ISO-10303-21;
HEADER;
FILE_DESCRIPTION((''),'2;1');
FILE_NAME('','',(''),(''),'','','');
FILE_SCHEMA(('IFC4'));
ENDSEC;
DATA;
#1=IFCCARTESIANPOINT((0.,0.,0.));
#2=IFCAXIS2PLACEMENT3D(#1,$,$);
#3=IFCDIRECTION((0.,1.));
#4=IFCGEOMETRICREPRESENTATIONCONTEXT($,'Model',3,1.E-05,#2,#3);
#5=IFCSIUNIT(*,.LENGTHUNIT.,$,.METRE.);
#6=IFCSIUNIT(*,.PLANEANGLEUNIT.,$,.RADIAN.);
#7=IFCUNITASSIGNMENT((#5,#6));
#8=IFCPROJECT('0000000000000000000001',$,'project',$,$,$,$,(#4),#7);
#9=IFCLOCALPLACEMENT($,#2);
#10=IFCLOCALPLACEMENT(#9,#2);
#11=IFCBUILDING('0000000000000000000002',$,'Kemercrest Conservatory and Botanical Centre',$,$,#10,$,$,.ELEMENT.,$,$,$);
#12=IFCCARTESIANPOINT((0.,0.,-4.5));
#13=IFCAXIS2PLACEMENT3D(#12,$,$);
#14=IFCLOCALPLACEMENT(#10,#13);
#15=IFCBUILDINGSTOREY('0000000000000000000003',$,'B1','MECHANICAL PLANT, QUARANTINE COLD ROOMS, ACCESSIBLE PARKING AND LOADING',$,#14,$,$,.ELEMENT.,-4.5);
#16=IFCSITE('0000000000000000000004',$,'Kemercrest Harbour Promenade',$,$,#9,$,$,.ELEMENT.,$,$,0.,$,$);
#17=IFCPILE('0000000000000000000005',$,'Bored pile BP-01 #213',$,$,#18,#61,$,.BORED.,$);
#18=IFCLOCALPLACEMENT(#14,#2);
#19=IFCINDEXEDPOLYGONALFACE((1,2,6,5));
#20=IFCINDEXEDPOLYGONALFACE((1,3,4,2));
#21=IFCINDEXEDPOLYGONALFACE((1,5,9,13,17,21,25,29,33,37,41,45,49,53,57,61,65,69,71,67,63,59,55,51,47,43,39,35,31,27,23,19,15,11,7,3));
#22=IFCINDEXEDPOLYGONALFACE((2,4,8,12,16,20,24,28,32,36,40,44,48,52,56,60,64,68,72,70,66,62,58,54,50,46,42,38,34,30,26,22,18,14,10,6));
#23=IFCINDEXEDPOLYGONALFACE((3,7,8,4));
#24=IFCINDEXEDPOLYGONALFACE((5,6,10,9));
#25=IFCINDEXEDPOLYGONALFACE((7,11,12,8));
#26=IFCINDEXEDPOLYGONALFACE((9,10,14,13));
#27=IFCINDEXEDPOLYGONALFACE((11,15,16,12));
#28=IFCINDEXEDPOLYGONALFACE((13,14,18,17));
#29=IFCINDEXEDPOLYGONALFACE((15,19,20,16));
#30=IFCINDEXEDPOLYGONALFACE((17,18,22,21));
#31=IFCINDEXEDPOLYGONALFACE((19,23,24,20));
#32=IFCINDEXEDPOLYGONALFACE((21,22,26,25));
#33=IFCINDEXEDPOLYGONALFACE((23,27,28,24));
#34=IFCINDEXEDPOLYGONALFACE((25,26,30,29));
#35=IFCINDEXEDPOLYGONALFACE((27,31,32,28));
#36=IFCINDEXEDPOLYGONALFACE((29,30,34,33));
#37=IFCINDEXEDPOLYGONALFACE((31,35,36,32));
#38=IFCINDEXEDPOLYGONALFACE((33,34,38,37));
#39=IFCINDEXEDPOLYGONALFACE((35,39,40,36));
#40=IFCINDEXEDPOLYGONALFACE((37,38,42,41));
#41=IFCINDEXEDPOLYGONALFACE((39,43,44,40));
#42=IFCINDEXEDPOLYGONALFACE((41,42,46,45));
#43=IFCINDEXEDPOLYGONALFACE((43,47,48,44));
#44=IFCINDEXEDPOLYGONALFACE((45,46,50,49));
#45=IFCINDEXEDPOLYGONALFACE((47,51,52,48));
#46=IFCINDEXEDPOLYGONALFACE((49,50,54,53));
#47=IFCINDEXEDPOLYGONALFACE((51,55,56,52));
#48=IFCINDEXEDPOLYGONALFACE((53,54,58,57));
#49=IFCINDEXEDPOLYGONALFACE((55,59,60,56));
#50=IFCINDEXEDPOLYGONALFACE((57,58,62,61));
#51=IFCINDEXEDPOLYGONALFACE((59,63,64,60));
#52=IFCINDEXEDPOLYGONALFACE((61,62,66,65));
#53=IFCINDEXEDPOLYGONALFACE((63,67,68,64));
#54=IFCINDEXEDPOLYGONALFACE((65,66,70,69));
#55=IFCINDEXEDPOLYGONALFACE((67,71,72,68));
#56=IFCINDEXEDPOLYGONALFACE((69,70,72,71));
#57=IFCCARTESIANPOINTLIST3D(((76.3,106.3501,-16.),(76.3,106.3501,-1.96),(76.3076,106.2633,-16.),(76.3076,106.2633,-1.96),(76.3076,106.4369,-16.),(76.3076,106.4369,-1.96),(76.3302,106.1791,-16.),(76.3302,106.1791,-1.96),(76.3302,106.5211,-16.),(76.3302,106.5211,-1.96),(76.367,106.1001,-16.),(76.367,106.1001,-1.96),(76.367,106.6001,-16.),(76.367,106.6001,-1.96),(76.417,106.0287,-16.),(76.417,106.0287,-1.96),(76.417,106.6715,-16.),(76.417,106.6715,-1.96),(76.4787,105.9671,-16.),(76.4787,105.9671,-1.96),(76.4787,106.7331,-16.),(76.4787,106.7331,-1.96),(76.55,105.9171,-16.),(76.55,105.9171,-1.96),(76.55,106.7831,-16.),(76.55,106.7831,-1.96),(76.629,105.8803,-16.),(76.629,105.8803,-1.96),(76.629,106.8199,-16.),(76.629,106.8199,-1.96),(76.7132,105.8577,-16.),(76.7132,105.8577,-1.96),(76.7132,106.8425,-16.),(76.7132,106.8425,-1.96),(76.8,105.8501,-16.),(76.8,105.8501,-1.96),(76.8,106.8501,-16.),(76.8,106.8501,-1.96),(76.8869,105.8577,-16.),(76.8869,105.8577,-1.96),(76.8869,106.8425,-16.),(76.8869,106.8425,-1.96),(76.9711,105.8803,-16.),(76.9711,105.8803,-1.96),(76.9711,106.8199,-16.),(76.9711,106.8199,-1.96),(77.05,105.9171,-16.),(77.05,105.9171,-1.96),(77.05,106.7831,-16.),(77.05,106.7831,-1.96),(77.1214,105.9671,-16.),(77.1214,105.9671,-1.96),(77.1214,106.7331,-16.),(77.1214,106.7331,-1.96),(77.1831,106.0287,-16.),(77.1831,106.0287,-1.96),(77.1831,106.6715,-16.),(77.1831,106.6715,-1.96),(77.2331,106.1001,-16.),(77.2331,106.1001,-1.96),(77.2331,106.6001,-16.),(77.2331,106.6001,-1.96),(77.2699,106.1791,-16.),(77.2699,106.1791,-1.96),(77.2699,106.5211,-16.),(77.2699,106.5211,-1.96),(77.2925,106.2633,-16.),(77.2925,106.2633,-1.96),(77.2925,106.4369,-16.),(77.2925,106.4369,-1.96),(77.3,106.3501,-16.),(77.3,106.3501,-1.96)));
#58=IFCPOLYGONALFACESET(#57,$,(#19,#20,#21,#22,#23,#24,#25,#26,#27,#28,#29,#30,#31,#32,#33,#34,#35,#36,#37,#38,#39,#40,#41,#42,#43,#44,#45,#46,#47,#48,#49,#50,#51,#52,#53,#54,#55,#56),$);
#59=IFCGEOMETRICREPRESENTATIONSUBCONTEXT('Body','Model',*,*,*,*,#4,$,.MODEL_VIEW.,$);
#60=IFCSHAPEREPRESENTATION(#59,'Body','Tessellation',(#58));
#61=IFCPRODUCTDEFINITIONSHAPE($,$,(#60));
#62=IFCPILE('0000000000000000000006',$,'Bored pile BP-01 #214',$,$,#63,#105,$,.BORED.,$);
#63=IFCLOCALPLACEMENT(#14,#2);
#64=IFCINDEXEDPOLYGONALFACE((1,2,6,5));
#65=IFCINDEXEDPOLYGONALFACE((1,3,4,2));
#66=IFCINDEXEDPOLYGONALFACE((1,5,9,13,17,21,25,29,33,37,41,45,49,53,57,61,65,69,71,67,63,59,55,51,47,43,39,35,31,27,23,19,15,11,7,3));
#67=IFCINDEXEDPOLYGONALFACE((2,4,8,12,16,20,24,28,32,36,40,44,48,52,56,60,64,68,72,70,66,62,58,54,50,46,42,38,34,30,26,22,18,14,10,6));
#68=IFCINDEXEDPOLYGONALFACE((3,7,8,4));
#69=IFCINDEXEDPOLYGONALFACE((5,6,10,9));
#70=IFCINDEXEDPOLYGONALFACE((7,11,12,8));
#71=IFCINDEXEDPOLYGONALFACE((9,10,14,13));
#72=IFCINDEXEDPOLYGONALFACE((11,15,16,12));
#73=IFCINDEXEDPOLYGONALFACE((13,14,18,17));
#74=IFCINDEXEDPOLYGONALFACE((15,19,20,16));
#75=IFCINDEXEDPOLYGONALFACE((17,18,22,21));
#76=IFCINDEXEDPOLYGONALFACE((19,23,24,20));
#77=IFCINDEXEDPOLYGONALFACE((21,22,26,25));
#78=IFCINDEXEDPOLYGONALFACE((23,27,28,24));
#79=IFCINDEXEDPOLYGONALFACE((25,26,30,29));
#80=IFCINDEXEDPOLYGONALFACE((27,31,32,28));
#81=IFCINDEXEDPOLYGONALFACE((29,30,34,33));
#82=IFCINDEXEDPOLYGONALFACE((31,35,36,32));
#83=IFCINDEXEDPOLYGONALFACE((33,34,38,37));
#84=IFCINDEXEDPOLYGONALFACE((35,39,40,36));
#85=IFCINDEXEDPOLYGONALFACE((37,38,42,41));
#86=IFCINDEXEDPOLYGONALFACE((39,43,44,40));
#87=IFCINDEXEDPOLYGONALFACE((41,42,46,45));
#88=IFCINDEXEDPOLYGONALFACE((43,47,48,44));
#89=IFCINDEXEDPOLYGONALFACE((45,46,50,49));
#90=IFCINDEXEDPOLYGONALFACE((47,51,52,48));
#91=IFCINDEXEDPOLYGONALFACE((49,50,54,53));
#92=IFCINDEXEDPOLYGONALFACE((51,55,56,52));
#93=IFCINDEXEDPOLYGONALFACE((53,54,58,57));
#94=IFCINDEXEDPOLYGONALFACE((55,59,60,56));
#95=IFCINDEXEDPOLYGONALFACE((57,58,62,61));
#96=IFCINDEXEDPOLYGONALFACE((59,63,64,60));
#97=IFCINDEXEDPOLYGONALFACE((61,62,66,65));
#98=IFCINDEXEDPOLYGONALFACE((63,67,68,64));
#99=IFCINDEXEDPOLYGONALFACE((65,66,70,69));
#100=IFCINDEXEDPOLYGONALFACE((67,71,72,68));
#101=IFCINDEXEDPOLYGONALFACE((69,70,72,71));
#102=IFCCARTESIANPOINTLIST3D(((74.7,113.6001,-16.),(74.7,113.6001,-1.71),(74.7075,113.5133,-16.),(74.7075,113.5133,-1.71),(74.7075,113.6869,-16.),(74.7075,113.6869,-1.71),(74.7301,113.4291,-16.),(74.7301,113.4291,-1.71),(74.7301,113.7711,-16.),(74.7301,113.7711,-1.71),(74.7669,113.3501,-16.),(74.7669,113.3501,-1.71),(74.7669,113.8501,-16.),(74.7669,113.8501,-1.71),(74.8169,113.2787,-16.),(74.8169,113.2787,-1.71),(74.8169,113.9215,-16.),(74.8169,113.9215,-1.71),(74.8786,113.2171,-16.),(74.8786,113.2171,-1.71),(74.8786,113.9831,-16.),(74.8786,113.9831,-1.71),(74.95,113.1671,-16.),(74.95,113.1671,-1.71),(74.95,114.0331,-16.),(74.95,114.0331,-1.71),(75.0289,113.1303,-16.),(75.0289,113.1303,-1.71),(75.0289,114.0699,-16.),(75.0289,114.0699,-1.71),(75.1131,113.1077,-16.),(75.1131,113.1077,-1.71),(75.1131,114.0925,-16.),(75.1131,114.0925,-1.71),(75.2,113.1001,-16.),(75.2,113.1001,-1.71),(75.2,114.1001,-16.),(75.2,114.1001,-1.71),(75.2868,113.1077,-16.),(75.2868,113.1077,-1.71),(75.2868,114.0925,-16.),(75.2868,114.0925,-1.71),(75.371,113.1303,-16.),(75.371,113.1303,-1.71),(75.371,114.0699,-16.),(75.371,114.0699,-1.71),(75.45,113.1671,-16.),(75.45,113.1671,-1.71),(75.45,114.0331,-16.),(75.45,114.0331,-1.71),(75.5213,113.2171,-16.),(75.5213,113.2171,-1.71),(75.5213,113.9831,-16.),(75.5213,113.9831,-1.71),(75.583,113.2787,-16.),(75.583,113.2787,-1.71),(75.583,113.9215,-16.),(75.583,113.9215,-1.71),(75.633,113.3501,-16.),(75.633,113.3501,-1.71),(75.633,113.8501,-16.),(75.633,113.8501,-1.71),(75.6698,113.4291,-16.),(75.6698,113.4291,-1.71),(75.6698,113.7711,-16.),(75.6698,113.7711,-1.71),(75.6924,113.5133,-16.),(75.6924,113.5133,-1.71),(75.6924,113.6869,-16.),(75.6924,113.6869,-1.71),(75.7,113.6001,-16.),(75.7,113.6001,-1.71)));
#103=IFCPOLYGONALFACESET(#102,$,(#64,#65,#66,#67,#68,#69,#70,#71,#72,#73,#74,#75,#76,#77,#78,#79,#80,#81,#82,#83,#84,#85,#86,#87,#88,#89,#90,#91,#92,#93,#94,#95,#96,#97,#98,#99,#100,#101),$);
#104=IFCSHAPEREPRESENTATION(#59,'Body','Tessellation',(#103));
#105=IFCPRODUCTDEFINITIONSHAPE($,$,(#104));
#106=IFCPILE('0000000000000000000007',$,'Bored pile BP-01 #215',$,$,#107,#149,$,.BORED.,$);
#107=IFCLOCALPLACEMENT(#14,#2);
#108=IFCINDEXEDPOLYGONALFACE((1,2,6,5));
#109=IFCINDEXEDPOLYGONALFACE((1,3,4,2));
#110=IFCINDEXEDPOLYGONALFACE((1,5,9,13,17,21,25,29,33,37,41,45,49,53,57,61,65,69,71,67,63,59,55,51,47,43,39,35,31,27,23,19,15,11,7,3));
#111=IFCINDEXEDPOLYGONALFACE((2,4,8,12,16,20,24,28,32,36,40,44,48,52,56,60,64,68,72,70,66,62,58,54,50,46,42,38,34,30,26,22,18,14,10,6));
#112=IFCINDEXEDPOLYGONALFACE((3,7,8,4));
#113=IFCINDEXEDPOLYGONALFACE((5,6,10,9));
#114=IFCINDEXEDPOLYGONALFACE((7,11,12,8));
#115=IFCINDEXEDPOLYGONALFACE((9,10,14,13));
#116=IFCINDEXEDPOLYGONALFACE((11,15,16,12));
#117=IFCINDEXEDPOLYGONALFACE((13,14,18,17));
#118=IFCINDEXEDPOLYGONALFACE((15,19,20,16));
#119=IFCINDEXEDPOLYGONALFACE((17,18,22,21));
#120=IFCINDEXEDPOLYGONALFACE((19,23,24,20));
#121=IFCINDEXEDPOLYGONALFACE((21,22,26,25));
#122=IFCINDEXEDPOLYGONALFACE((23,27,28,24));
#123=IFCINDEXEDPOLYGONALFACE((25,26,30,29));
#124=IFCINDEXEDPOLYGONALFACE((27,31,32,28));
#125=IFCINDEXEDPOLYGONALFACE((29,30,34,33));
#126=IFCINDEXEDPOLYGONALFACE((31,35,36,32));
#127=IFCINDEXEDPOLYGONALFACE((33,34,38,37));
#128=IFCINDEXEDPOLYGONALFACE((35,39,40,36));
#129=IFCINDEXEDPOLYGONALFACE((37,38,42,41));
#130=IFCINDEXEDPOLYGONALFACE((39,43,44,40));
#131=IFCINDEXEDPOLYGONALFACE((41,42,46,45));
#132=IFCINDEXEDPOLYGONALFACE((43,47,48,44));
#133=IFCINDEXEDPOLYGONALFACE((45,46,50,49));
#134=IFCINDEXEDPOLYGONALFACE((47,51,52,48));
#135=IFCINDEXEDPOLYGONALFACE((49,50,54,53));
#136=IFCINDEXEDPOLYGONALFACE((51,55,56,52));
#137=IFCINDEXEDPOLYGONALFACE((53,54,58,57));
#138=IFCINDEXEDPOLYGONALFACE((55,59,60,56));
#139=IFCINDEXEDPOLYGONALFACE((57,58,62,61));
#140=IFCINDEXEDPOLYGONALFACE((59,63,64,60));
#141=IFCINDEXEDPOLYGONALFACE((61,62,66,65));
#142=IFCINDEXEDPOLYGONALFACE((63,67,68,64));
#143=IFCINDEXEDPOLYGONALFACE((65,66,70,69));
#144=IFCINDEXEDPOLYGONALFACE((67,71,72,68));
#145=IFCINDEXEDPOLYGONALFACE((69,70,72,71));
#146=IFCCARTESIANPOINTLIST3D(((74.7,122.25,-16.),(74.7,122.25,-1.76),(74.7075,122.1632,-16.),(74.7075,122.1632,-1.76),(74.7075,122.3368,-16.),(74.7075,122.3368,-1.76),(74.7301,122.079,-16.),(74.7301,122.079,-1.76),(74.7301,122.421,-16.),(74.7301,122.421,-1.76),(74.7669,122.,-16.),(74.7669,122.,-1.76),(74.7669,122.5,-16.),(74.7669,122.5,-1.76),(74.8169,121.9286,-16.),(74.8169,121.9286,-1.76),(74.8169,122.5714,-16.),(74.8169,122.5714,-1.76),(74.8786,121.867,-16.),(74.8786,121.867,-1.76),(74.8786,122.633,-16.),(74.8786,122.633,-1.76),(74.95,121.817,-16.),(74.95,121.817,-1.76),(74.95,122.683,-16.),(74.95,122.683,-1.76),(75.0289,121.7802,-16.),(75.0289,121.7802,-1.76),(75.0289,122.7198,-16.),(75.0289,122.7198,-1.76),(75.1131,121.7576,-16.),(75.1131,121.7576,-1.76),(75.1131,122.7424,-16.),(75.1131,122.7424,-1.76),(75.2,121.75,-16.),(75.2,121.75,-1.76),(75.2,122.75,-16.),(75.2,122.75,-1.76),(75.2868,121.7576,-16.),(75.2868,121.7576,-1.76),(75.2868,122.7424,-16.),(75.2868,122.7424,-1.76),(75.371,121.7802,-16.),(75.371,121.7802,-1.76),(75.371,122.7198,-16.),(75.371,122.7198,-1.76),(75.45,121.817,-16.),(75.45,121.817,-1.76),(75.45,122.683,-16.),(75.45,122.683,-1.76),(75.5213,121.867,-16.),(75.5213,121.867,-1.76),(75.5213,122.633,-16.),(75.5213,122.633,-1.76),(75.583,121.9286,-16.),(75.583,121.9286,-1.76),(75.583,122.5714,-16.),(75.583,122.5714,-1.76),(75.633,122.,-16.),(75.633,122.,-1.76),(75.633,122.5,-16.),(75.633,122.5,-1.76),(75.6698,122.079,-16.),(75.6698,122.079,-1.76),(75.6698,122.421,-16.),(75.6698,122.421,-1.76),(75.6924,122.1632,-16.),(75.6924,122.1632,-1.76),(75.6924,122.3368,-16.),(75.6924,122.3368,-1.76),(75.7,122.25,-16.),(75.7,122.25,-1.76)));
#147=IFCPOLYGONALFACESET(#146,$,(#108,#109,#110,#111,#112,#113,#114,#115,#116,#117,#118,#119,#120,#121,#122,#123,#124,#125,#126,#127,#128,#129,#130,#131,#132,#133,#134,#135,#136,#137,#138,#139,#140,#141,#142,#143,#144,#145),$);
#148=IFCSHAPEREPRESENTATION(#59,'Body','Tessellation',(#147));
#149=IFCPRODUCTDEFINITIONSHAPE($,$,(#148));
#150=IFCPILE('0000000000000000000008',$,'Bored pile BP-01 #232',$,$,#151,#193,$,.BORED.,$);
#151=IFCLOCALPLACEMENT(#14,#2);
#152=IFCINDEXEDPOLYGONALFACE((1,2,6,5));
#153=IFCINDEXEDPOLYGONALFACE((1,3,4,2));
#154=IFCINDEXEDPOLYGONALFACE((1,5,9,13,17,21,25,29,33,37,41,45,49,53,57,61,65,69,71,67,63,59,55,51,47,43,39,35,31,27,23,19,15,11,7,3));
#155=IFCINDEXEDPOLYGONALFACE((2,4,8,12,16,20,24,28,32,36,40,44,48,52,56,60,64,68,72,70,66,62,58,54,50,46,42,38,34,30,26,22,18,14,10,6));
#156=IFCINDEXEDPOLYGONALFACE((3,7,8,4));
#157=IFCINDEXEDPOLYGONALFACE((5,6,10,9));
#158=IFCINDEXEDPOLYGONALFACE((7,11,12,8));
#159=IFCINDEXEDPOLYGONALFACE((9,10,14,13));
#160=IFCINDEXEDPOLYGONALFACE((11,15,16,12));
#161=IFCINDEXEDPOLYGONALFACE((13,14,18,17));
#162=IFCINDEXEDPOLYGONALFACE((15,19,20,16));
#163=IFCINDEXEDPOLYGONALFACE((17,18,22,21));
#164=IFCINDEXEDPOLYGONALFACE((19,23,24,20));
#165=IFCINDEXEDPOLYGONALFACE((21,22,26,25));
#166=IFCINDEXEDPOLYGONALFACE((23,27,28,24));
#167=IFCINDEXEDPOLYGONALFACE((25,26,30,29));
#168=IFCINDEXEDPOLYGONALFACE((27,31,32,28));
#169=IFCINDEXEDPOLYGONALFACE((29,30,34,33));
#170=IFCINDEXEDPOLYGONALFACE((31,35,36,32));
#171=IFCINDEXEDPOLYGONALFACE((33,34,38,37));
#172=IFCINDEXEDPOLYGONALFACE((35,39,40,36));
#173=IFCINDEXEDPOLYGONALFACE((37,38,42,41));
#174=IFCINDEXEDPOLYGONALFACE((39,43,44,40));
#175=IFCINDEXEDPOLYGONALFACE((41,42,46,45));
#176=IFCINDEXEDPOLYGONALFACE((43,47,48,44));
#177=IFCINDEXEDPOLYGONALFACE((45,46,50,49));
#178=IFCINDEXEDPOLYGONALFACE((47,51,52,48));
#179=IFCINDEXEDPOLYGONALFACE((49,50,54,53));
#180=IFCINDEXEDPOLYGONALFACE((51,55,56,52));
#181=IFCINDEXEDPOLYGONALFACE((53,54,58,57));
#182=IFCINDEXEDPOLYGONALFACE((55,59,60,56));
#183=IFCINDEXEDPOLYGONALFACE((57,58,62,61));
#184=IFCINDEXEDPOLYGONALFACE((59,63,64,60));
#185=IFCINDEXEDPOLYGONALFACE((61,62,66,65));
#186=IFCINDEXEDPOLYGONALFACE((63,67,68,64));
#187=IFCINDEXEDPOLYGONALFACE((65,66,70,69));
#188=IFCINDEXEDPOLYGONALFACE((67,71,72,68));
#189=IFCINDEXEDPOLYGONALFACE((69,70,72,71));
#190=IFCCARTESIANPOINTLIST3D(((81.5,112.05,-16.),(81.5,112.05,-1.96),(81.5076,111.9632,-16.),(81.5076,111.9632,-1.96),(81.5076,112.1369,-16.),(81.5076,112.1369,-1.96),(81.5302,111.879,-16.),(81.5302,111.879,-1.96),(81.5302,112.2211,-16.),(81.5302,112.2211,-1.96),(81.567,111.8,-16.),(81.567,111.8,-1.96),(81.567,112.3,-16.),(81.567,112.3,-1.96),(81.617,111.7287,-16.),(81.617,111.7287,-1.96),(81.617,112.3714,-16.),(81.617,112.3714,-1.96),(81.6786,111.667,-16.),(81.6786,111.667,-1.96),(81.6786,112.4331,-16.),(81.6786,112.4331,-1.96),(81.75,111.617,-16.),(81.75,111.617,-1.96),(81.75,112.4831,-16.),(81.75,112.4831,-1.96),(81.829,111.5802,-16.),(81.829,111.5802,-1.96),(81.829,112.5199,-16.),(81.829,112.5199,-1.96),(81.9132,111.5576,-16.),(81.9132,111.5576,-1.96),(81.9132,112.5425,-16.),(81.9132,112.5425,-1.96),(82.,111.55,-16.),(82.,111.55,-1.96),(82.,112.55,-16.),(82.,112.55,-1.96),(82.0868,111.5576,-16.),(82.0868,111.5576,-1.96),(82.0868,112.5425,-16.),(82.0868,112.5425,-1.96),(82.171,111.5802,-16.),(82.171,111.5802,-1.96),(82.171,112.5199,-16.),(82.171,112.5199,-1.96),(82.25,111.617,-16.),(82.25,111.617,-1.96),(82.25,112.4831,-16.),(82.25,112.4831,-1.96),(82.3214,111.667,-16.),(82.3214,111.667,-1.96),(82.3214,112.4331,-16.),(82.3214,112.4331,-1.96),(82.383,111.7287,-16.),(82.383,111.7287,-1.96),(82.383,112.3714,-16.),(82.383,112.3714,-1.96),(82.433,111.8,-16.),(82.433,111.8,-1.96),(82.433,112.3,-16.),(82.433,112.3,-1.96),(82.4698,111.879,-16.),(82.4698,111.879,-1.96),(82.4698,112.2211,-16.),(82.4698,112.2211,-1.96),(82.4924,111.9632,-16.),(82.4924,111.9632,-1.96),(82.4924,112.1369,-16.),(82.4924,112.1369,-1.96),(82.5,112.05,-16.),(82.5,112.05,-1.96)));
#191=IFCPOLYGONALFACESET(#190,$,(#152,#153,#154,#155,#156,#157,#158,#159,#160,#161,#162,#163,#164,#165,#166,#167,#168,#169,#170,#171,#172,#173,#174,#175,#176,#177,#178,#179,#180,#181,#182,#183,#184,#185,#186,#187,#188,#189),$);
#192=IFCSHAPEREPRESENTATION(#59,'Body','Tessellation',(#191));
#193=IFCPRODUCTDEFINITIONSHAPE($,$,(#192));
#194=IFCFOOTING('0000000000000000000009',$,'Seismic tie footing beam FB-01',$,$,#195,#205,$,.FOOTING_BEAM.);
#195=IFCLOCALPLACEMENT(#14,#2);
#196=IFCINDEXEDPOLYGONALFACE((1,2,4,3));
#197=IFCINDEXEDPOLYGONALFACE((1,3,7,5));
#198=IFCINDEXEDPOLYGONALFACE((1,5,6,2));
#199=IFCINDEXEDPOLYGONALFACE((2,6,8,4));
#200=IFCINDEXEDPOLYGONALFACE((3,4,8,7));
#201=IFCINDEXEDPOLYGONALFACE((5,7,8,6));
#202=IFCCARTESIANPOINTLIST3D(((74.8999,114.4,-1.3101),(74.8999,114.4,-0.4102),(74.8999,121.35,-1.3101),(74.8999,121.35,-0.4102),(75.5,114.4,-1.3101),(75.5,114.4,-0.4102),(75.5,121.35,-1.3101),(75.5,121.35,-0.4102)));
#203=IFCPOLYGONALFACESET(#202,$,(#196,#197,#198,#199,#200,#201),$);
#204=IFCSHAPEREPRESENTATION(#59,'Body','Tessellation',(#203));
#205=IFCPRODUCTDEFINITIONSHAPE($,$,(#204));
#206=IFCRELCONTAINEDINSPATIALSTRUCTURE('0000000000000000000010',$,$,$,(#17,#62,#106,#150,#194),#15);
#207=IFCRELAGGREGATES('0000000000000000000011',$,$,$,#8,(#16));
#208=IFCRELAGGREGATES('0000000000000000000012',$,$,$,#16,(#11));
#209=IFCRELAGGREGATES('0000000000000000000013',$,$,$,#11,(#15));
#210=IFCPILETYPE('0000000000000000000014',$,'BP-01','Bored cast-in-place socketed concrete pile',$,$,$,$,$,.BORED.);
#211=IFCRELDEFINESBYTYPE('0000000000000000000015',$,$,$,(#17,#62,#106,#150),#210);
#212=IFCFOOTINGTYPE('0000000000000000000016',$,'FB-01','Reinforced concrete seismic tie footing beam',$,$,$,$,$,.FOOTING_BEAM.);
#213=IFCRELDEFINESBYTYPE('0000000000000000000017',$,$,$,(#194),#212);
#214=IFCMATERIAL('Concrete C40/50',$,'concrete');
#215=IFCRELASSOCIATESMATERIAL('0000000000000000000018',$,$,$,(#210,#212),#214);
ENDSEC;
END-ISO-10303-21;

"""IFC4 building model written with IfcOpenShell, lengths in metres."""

from ifc_helpers import new_model, si_unit, direction, frame, origin, origin_2d, place, context, subcontext, project, spatial, rectangle, circle, extrude, material, material_profile, profile_set, type_object, element, save


model = new_model("IFC4")

# Units and contexts
model_context = context("Model", 3, precision=1e-05, world=origin(), true_north=direction((0.0, 1.0)))
body_context = subcontext(model_context, "Body", "Model", "MODEL_VIEW")
ifc_project = project(units=[si_unit("LENGTHUNIT", "METRE"), si_unit("PLANEANGLEUNIT", "RADIAN")], contexts=[model_context])

# Site, building, storey
site_placement = place(None, origin())
site = spatial("IfcSite", under=ifc_project, at=site_placement, Name="Kemercrest Harbour Promenade", CompositionType="ELEMENT", RefElevation=0.0)
building_placement = place(site_placement, origin())
building = spatial("IfcBuilding", under=site, at=building_placement, Name="Kemercrest Conservatory and Botanical Centre", CompositionType="ELEMENT")
storey_placement = place(building_placement, frame((0.0, 0.0, -4.5)))
storey = spatial("IfcBuildingStorey", under=building, at=storey_placement, Name="B1", Description="MECHANICAL PLANT, QUARANTINE COLD ROOMS, ACCESSIBLE PARKING AND LOADING", CompositionType="ELEMENT", Elevation=-4.5)

# Piles
ifc_material_1 = material(Name="Concrete C40/50", Category="concrete")
ifc_material_profile_1 = material_profile(ifc_material_1, circle(Radius=0.5, at=origin_2d()), Name="BORED PILE 1000")
ifc_profile_set_1 = profile_set([ifc_material_profile_1], Name="Concrete C40/50")
pile_type = type_object("IfcPileType", Name="BP-01", Description="Bored cast-in-place socketed concrete pile", PredefinedType="BORED", material=ifc_profile_set_1)
pile_1_placement = place(storey_placement, frame((76.8, 106.3501, -1.96), z_axis=(0.0, 0.0, -1.0), x_axis=(1.0, 0.0, 0.0)))
element("IfcPile", 1, at=pile_1_placement, inside=storey, type_object=pile_type, Name="Bored pile BP-01 #213", PredefinedType="BORED", context=body_context, shape_type="SweptSolid", body=[
    extrude(circle(Radius=0.5, at=origin_2d()), origin(), (0.0, 0.0, 1.0), 14.04),
])
pile_2_placement = place(storey_placement, frame((75.2, 113.6001, -1.71), z_axis=(0.0, 0.0, -1.0), x_axis=(1.0, 0.0, 0.0)))
element("IfcPile", 2, at=pile_2_placement, inside=storey, type_object=pile_type, Name="Bored pile BP-01 #214", PredefinedType="BORED", context=body_context, shape_type="SweptSolid", body=[
    extrude(circle(Radius=0.5, at=origin_2d()), origin(), (0.0, 0.0, 1.0), 14.29),
])
pile_3_placement = place(storey_placement, frame((75.2, 122.25, -1.76), z_axis=(0.0, 0.0, -1.0), x_axis=(1.0, 0.0, 0.0)))
element("IfcPile", 3, at=pile_3_placement, inside=storey, type_object=pile_type, Name="Bored pile BP-01 #215", PredefinedType="BORED", context=body_context, shape_type="SweptSolid", body=[
    extrude(circle(Radius=0.5, at=origin_2d()), origin(), (0.0, 0.0, 1.0), 14.24),
])
pile_4_placement = place(storey_placement, frame((82.0, 112.05, -1.96), z_axis=(0.0, 0.0, -1.0), x_axis=(1.0, 0.0, 0.0)))
element("IfcPile", 4, at=pile_4_placement, inside=storey, type_object=pile_type, Name="Bored pile BP-01 #232", PredefinedType="BORED", context=body_context, shape_type="SweptSolid", body=[
    extrude(circle(Radius=0.5, at=origin_2d()), origin(), (0.0, 0.0, 1.0), 14.04),
])

# Footing
footing_type_1 = type_object("IfcFootingType", Name="FB-01", Description="Reinforced concrete seismic tie footing beam", PredefinedType="FOOTING_BEAM", material=ifc_material_1)
footing_1_placement = place(storey_placement, frame((75.2, 117.875, -1.3101), z_axis=(0.0, 0.0, 1.0), x_axis=(1.0, 0.0, 0.0)))
element("IfcFooting", 5, at=footing_1_placement, inside=storey, type_object=footing_type_1, Name="Seismic tie footing beam FB-01", PredefinedType="FOOTING_BEAM", context=body_context, shape_type="SweptSolid", body=[
    extrude(rectangle(XDim=0.6001, YDim=6.95, at=origin_2d()), origin(), (0.0, 0.0, 1.0), 0.8999),
])

save(model, "model.ifc")
